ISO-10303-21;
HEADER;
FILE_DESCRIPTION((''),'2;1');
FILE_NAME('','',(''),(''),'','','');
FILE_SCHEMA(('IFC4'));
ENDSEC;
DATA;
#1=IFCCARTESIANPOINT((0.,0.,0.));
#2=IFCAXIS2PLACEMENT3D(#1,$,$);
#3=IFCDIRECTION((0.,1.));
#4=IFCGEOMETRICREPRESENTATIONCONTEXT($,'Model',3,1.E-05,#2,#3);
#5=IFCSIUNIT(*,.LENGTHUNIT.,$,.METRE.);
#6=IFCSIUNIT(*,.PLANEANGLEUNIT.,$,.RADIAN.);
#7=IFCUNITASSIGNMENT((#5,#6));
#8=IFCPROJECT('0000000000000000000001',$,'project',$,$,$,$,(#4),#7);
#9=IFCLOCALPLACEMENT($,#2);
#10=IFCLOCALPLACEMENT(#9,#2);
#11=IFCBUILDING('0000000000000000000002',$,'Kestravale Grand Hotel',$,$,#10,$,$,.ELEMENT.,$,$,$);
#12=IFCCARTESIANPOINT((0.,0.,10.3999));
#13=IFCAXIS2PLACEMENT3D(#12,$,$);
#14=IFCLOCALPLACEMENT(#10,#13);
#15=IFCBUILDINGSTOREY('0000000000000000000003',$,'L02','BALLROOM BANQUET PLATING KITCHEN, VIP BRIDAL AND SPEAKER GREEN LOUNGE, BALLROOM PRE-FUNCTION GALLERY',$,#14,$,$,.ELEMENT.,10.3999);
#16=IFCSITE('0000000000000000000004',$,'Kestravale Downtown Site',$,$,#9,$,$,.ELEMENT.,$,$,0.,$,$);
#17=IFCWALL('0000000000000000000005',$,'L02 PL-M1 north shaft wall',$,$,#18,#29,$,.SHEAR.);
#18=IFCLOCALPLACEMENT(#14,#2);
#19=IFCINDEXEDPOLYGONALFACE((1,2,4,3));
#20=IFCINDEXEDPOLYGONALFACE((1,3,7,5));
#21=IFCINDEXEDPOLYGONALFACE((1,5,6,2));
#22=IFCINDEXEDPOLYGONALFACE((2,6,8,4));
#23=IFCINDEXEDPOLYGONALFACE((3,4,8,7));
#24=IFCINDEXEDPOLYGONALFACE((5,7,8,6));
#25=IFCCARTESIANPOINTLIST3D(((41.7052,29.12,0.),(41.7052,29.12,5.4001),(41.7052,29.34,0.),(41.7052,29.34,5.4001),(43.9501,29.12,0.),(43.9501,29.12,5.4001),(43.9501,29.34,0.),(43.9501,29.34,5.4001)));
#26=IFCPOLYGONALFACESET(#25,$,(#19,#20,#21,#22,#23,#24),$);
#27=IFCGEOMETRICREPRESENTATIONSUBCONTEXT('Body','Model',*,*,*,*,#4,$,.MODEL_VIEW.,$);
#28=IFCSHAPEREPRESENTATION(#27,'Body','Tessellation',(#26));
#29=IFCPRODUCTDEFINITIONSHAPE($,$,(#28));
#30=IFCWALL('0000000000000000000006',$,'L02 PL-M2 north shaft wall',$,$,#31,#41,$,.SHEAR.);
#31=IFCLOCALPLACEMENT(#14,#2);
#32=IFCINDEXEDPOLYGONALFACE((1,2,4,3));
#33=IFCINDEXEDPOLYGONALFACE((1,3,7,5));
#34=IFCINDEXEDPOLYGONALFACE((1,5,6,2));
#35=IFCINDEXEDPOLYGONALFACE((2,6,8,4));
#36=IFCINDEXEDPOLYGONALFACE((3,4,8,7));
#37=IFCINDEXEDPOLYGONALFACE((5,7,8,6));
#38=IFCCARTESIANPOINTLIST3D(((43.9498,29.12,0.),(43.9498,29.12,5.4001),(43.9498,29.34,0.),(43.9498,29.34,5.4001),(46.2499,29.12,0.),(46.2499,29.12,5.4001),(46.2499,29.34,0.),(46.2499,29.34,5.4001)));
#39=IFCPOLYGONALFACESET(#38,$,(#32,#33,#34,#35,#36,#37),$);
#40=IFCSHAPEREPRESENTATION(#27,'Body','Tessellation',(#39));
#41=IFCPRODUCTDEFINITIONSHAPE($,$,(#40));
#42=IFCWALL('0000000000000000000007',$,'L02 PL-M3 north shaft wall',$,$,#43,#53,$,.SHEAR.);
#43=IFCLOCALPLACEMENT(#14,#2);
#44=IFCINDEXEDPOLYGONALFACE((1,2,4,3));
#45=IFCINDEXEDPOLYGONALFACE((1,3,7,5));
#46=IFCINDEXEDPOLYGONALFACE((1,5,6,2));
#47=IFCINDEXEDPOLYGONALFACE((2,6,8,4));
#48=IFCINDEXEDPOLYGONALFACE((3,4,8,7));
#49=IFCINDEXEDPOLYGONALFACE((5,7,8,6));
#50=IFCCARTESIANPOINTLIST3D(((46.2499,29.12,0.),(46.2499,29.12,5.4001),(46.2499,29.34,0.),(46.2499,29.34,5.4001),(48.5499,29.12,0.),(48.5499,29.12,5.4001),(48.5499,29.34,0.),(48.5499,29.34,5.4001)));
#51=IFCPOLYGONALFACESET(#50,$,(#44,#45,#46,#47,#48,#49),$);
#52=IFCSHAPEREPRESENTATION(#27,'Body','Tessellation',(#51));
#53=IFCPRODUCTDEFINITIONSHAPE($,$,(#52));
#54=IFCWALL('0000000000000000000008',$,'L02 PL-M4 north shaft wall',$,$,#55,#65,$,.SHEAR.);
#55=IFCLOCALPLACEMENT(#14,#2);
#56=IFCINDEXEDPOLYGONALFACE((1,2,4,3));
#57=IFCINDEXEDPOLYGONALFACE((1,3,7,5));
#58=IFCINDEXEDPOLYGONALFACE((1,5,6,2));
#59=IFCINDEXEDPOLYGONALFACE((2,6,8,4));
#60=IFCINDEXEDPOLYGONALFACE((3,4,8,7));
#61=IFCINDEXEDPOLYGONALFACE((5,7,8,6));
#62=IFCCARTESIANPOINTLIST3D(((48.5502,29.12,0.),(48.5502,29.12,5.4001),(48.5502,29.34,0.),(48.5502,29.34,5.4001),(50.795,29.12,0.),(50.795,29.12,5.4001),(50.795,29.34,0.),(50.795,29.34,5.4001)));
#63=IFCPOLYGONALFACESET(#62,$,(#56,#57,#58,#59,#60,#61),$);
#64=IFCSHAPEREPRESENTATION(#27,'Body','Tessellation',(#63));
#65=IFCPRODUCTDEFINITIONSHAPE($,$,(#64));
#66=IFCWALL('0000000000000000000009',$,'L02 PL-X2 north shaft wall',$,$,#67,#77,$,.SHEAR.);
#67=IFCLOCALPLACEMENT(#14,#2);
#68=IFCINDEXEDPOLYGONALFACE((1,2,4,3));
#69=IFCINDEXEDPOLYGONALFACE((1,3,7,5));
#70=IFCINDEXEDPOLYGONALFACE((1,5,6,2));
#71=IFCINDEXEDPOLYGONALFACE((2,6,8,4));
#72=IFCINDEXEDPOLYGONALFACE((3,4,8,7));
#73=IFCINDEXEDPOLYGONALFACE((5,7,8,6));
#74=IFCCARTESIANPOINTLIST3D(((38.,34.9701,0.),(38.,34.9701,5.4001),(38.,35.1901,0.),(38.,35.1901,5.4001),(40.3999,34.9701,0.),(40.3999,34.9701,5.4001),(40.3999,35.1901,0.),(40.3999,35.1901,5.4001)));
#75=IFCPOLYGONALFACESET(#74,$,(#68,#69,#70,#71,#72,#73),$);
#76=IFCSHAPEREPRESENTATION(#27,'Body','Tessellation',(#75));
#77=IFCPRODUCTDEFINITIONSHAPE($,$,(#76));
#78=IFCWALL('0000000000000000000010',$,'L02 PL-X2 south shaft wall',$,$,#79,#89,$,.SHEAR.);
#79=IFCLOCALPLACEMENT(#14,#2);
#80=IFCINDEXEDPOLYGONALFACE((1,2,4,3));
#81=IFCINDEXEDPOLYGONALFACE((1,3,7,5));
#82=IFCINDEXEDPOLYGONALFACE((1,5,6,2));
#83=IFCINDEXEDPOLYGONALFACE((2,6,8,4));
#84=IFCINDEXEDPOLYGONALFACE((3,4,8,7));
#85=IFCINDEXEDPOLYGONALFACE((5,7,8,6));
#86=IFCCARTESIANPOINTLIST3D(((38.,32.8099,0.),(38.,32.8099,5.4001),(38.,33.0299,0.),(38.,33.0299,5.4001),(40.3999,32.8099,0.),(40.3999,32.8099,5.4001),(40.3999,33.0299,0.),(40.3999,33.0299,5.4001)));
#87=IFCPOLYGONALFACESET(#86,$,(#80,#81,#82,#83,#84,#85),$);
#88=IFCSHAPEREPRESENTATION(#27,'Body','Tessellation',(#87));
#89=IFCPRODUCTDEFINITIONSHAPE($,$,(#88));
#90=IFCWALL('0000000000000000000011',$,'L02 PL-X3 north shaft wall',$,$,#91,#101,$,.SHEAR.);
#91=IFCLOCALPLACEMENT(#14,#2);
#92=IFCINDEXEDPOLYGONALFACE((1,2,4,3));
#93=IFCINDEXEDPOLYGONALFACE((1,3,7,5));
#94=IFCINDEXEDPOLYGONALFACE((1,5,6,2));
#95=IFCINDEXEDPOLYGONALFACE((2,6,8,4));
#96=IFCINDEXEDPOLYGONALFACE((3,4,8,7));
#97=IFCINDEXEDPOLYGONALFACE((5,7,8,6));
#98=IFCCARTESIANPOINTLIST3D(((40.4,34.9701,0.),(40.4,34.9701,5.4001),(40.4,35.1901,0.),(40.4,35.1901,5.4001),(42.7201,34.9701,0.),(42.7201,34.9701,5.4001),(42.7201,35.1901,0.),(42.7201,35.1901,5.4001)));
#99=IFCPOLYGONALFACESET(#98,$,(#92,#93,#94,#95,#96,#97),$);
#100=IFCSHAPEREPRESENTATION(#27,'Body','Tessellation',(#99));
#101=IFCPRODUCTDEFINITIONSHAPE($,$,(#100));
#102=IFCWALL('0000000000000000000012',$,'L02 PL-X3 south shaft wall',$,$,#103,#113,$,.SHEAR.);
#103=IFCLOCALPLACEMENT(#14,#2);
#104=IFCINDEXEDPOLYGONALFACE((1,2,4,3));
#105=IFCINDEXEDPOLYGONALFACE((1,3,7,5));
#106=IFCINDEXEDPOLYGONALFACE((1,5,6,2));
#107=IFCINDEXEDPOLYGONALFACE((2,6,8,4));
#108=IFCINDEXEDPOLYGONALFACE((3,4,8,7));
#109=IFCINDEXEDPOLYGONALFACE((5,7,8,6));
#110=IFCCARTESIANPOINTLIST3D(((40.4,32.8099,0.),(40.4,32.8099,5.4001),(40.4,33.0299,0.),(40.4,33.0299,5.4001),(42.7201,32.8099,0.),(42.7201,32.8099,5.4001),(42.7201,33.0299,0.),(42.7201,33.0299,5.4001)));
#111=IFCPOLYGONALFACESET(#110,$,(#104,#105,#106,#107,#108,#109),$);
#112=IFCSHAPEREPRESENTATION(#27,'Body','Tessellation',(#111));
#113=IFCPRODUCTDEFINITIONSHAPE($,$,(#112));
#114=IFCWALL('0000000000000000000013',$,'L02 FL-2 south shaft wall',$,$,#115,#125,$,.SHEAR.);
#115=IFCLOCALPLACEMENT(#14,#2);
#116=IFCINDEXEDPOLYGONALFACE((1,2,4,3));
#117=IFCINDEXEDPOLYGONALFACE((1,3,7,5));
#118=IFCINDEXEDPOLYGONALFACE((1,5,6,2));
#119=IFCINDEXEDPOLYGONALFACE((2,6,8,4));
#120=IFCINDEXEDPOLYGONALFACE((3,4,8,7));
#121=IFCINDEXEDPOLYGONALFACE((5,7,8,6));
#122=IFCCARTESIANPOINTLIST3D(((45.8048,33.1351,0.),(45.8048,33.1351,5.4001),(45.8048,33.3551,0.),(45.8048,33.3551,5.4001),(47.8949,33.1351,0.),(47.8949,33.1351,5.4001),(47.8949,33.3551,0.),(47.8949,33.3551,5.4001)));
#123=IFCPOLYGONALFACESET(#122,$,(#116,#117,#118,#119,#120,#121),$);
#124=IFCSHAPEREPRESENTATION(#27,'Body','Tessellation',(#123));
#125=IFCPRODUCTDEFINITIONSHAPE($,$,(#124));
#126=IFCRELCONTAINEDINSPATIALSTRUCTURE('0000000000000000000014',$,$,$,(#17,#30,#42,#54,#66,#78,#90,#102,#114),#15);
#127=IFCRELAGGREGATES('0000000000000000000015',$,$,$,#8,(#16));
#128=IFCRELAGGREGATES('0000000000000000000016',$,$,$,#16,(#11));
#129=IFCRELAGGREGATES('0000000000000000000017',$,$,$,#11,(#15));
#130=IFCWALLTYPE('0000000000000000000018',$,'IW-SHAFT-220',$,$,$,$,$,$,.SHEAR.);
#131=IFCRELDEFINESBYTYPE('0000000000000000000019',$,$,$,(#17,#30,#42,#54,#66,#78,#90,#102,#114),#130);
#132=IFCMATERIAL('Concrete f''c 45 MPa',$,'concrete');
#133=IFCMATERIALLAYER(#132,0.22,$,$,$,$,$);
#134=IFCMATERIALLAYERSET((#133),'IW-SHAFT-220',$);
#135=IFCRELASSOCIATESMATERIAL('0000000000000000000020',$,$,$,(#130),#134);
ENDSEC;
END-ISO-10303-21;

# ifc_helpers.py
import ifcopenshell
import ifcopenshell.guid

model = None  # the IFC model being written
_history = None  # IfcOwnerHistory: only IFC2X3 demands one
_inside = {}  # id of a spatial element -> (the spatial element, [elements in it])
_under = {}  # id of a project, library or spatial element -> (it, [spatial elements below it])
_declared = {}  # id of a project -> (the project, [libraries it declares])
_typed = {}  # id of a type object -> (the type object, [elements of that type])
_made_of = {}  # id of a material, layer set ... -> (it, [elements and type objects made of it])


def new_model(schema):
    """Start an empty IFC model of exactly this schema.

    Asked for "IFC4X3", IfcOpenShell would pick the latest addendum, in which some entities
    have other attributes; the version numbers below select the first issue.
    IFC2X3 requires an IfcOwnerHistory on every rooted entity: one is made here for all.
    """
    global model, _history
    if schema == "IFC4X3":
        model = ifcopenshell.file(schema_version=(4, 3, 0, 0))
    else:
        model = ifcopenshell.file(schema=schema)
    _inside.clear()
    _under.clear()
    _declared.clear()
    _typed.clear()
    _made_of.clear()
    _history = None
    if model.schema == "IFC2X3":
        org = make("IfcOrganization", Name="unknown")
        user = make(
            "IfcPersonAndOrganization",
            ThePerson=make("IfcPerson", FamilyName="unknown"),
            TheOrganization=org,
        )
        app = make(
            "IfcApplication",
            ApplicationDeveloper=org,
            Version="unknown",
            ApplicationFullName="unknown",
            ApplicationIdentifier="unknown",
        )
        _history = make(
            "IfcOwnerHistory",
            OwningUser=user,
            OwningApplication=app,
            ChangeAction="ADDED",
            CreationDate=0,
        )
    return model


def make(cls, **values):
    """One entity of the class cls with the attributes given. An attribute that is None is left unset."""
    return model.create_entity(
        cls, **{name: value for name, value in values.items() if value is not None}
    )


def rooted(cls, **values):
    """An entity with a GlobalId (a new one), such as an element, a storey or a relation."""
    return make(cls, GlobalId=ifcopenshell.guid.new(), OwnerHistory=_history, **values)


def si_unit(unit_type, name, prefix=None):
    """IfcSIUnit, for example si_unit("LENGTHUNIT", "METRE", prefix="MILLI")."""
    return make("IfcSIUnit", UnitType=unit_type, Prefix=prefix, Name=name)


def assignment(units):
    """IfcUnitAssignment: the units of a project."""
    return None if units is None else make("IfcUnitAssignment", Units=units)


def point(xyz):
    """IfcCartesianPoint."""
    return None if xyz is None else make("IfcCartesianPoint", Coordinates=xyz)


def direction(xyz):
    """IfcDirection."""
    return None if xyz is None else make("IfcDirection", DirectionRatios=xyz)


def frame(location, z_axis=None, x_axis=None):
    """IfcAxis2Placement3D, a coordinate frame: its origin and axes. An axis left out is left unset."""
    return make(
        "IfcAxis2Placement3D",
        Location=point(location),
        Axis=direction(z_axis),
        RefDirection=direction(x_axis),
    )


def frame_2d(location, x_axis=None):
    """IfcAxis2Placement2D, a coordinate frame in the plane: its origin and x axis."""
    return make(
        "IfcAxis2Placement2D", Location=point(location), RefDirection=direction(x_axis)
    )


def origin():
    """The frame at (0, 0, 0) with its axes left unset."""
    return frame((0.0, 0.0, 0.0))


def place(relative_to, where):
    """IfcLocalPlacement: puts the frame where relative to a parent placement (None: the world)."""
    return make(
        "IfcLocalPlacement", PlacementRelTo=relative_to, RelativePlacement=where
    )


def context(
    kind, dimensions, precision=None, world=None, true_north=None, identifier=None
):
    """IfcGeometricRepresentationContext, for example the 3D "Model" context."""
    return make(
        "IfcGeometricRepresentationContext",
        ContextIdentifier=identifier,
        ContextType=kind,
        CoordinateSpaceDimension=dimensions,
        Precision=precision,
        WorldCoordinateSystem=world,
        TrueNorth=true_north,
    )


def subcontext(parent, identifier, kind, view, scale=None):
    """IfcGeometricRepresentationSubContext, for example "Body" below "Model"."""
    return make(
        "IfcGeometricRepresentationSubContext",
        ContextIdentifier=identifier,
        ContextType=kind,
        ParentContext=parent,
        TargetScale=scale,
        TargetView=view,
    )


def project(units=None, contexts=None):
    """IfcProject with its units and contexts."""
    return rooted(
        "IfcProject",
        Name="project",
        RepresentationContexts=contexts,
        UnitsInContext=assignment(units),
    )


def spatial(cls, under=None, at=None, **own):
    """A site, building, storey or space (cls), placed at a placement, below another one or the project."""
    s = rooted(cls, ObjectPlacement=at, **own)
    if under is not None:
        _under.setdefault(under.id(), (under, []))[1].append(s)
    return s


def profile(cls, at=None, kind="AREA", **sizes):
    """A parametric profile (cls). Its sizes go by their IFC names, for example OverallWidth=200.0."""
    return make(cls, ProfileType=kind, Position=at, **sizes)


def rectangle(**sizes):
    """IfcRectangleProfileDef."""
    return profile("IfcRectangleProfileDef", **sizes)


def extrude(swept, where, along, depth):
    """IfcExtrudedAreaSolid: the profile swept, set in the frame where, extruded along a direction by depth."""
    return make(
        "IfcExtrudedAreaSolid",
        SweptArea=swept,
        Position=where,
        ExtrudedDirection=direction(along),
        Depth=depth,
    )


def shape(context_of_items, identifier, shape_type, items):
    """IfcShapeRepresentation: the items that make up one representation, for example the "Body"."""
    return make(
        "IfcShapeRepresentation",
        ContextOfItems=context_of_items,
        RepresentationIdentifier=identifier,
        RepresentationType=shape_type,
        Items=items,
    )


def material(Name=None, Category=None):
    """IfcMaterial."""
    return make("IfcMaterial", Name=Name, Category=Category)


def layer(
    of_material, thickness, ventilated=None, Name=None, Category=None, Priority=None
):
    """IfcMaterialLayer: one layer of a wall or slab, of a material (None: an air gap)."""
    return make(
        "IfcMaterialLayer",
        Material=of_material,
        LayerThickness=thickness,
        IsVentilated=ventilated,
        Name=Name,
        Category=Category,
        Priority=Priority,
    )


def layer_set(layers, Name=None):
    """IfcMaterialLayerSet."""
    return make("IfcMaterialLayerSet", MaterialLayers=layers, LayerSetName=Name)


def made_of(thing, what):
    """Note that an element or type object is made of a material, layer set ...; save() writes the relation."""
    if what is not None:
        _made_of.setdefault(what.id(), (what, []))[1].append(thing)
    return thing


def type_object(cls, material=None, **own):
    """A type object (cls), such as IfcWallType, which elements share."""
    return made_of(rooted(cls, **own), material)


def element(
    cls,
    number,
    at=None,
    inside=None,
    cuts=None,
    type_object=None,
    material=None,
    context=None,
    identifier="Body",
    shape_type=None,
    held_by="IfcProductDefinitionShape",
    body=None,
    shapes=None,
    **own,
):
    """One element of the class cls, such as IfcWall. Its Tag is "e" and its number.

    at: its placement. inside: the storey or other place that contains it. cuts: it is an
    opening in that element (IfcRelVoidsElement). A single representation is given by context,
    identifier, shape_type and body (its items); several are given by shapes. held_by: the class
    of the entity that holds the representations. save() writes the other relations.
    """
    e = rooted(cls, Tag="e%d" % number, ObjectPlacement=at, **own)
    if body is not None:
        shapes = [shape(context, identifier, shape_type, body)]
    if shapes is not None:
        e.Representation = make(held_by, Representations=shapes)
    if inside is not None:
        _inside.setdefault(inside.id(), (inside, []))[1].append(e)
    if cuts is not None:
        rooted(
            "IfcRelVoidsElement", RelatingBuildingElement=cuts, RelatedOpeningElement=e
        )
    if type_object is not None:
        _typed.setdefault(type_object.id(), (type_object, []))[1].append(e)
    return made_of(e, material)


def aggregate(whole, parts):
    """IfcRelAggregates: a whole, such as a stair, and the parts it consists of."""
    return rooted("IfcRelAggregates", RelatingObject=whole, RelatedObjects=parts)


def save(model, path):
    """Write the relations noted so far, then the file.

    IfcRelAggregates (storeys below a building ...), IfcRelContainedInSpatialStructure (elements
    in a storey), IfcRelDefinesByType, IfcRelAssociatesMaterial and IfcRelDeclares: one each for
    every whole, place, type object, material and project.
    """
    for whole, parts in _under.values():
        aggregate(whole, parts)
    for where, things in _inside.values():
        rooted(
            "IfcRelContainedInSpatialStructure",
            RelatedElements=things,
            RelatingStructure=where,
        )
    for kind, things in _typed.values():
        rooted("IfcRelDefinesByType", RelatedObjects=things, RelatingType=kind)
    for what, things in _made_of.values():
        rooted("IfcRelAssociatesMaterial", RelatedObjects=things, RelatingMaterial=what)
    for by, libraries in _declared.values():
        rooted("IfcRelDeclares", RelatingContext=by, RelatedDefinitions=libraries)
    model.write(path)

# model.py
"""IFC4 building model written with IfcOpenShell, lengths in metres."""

from ifc_helpers import new_model, si_unit, direction, frame, frame_2d, origin, place, context, subcontext, project, spatial, rectangle, extrude, material, layer, layer_set, type_object, element, save


model = new_model("IFC4")

# Units and contexts
model_context = context("Model", 3, precision=1e-05, world=origin(), true_north=direction((0.0, 1.0)))
body_context = subcontext(model_context, "Body", "Model", "MODEL_VIEW")
ifc_project = project(units=[si_unit("LENGTHUNIT", "METRE"), si_unit("PLANEANGLEUNIT", "RADIAN")], contexts=[model_context])

# Site, building, storey
site_placement = place(None, origin())
site = spatial("IfcSite", under=ifc_project, at=site_placement, Name="Kestravale Downtown Site", CompositionType="ELEMENT", RefElevation=0.0)
building_placement = place(site_placement, origin())
building = spatial("IfcBuilding", under=site, at=building_placement, Name="Kestravale Grand Hotel", CompositionType="ELEMENT")
storey_placement = place(building_placement, frame((0.0, 0.0, 10.3999)))
storey = spatial("IfcBuildingStorey", under=building, at=storey_placement, Name="L02", Description="BALLROOM BANQUET PLATING KITCHEN, VIP BRIDAL AND SPEAKER GREEN LOUNGE, BALLROOM PRE-FUNCTION GALLERY", CompositionType="ELEMENT", Elevation=10.3999)

# Walls
ifc_material_1 = material(Name="Concrete f'c 45 MPa", Category="concrete")
ifc_layer_1 = layer(ifc_material_1, 0.22)
ifc_layer_set_1 = layer_set([ifc_layer_1], Name="IW-SHAFT-220")
wall_type_1 = type_object("IfcWallType", Name="IW-SHAFT-220", PredefinedType="SHEAR", material=ifc_layer_set_1)
wall_1_placement = place(storey_placement, frame((41.7051, 29.23, 0.0), z_axis=(0.0, 0.0, 1.0), x_axis=(1.0, 0.0, 0.0)))
element("IfcWall", 1, at=wall_1_placement, inside=storey, type_object=wall_type_1, Name="L02 PL-M1 north shaft wall", PredefinedType="SHEAR", context=body_context, shape_type="SweptSolid", body=[
    extrude(rectangle(XDim=2.2449, YDim=0.22, at=frame_2d((1.1226, 0.0))), origin(), (0.0, 0.0, 1.0), 5.4001),
])
for number, where, z_axis, x_axis, name in (
    (2, (43.95, 29.23, 0.0), (0.0, 0.0, 1.0), (1.0, 0.0, 0.0), "L02 PL-M2 north shaft wall"),
    (3, (46.25, 29.23, 0.0), (0.0, 0.0, 1.0), (1.0, 0.0, 0.0), "L02 PL-M3 north shaft wall"),
):
    element("IfcWall", number, at=place(storey_placement, frame(where, z_axis=z_axis, x_axis=x_axis)), inside=storey, type_object=wall_type_1, Name=name, PredefinedType="SHEAR", context=body_context, shape_type="SweptSolid", body=[
        extrude(rectangle(XDim=2.3, YDim=0.22, at=frame_2d((1.1499, 0.0))), origin(), (0.0, 0.0, 1.0), 5.4001),
    ])
wall_2_placement = place(storey_placement, frame((48.55, 29.23, 0.0), z_axis=(0.0, 0.0, 1.0), x_axis=(1.0, 0.0, 0.0)))
element("IfcWall", 4, at=wall_2_placement, inside=storey, type_object=wall_type_1, Name="L02 PL-M4 north shaft wall", PredefinedType="SHEAR", context=body_context, shape_type="SweptSolid", body=[
    extrude(rectangle(XDim=2.2449, YDim=0.22, at=frame_2d((1.1226, 0.0))), origin(), (0.0, 0.0, 1.0), 5.4001),
])
for number, where, z_axis, x_axis, name in (
    (5, (38.0, 35.0801, 0.0), (0.0, 0.0, 1.0), (1.0, 0.0, 0.0), "L02 PL-X2 north shaft wall"),
    (6, (38.0, 32.9199, 0.0), (0.0, 0.0, 1.0), (1.0, 0.0, 0.0), "L02 PL-X2 south shaft wall"),
):
    element("IfcWall", number, at=place(storey_placement, frame(where, z_axis=z_axis, x_axis=x_axis)), inside=storey, type_object=wall_type_1, Name=name, PredefinedType="SHEAR", context=body_context, shape_type="SweptSolid", body=[
        extrude(rectangle(XDim=2.3999, YDim=0.22, at=frame_2d((1.2, 0.0))), origin(), (0.0, 0.0, 1.0), 5.4001),
    ])
for number, where, z_axis, x_axis, name in (
    (7, (40.3999, 35.0801, 0.0), (0.0, 0.0, 1.0), (1.0, 0.0, 0.0), "L02 PL-X3 north shaft wall"),
    (8, (40.3999, 32.9199, 0.0), (0.0, 0.0, 1.0), (1.0, 0.0, 0.0), "L02 PL-X3 south shaft wall"),
):
    element("IfcWall", number, at=place(storey_placement, frame(where, z_axis=z_axis, x_axis=x_axis)), inside=storey, type_object=wall_type_1, Name=name, PredefinedType="SHEAR", context=body_context, shape_type="SweptSolid", body=[
        extrude(rectangle(XDim=2.3201, YDim=0.22, at=frame_2d((1.1602, 0.0))), origin(), (0.0, 0.0, 1.0), 5.4001),
    ])

# Wall
wall_3_placement = place(storey_placement, frame((45.8049, 33.2451, 0.0), z_axis=(0.0, 0.0, 1.0), x_axis=(1.0, 0.0, 0.0)))
element("IfcWall", 9, at=wall_3_placement, inside=storey, type_object=wall_type_1, Name="L02 FL-2 south shaft wall", PredefinedType="SHEAR", context=body_context, shape_type="SweptSolid", body=[
    extrude(rectangle(XDim=2.0901, YDim=0.22, at=frame_2d((1.0449, 0.0))), origin(), (0.0, 0.0, 1.0), 5.4001),
])

save(model, "model.ifc")
